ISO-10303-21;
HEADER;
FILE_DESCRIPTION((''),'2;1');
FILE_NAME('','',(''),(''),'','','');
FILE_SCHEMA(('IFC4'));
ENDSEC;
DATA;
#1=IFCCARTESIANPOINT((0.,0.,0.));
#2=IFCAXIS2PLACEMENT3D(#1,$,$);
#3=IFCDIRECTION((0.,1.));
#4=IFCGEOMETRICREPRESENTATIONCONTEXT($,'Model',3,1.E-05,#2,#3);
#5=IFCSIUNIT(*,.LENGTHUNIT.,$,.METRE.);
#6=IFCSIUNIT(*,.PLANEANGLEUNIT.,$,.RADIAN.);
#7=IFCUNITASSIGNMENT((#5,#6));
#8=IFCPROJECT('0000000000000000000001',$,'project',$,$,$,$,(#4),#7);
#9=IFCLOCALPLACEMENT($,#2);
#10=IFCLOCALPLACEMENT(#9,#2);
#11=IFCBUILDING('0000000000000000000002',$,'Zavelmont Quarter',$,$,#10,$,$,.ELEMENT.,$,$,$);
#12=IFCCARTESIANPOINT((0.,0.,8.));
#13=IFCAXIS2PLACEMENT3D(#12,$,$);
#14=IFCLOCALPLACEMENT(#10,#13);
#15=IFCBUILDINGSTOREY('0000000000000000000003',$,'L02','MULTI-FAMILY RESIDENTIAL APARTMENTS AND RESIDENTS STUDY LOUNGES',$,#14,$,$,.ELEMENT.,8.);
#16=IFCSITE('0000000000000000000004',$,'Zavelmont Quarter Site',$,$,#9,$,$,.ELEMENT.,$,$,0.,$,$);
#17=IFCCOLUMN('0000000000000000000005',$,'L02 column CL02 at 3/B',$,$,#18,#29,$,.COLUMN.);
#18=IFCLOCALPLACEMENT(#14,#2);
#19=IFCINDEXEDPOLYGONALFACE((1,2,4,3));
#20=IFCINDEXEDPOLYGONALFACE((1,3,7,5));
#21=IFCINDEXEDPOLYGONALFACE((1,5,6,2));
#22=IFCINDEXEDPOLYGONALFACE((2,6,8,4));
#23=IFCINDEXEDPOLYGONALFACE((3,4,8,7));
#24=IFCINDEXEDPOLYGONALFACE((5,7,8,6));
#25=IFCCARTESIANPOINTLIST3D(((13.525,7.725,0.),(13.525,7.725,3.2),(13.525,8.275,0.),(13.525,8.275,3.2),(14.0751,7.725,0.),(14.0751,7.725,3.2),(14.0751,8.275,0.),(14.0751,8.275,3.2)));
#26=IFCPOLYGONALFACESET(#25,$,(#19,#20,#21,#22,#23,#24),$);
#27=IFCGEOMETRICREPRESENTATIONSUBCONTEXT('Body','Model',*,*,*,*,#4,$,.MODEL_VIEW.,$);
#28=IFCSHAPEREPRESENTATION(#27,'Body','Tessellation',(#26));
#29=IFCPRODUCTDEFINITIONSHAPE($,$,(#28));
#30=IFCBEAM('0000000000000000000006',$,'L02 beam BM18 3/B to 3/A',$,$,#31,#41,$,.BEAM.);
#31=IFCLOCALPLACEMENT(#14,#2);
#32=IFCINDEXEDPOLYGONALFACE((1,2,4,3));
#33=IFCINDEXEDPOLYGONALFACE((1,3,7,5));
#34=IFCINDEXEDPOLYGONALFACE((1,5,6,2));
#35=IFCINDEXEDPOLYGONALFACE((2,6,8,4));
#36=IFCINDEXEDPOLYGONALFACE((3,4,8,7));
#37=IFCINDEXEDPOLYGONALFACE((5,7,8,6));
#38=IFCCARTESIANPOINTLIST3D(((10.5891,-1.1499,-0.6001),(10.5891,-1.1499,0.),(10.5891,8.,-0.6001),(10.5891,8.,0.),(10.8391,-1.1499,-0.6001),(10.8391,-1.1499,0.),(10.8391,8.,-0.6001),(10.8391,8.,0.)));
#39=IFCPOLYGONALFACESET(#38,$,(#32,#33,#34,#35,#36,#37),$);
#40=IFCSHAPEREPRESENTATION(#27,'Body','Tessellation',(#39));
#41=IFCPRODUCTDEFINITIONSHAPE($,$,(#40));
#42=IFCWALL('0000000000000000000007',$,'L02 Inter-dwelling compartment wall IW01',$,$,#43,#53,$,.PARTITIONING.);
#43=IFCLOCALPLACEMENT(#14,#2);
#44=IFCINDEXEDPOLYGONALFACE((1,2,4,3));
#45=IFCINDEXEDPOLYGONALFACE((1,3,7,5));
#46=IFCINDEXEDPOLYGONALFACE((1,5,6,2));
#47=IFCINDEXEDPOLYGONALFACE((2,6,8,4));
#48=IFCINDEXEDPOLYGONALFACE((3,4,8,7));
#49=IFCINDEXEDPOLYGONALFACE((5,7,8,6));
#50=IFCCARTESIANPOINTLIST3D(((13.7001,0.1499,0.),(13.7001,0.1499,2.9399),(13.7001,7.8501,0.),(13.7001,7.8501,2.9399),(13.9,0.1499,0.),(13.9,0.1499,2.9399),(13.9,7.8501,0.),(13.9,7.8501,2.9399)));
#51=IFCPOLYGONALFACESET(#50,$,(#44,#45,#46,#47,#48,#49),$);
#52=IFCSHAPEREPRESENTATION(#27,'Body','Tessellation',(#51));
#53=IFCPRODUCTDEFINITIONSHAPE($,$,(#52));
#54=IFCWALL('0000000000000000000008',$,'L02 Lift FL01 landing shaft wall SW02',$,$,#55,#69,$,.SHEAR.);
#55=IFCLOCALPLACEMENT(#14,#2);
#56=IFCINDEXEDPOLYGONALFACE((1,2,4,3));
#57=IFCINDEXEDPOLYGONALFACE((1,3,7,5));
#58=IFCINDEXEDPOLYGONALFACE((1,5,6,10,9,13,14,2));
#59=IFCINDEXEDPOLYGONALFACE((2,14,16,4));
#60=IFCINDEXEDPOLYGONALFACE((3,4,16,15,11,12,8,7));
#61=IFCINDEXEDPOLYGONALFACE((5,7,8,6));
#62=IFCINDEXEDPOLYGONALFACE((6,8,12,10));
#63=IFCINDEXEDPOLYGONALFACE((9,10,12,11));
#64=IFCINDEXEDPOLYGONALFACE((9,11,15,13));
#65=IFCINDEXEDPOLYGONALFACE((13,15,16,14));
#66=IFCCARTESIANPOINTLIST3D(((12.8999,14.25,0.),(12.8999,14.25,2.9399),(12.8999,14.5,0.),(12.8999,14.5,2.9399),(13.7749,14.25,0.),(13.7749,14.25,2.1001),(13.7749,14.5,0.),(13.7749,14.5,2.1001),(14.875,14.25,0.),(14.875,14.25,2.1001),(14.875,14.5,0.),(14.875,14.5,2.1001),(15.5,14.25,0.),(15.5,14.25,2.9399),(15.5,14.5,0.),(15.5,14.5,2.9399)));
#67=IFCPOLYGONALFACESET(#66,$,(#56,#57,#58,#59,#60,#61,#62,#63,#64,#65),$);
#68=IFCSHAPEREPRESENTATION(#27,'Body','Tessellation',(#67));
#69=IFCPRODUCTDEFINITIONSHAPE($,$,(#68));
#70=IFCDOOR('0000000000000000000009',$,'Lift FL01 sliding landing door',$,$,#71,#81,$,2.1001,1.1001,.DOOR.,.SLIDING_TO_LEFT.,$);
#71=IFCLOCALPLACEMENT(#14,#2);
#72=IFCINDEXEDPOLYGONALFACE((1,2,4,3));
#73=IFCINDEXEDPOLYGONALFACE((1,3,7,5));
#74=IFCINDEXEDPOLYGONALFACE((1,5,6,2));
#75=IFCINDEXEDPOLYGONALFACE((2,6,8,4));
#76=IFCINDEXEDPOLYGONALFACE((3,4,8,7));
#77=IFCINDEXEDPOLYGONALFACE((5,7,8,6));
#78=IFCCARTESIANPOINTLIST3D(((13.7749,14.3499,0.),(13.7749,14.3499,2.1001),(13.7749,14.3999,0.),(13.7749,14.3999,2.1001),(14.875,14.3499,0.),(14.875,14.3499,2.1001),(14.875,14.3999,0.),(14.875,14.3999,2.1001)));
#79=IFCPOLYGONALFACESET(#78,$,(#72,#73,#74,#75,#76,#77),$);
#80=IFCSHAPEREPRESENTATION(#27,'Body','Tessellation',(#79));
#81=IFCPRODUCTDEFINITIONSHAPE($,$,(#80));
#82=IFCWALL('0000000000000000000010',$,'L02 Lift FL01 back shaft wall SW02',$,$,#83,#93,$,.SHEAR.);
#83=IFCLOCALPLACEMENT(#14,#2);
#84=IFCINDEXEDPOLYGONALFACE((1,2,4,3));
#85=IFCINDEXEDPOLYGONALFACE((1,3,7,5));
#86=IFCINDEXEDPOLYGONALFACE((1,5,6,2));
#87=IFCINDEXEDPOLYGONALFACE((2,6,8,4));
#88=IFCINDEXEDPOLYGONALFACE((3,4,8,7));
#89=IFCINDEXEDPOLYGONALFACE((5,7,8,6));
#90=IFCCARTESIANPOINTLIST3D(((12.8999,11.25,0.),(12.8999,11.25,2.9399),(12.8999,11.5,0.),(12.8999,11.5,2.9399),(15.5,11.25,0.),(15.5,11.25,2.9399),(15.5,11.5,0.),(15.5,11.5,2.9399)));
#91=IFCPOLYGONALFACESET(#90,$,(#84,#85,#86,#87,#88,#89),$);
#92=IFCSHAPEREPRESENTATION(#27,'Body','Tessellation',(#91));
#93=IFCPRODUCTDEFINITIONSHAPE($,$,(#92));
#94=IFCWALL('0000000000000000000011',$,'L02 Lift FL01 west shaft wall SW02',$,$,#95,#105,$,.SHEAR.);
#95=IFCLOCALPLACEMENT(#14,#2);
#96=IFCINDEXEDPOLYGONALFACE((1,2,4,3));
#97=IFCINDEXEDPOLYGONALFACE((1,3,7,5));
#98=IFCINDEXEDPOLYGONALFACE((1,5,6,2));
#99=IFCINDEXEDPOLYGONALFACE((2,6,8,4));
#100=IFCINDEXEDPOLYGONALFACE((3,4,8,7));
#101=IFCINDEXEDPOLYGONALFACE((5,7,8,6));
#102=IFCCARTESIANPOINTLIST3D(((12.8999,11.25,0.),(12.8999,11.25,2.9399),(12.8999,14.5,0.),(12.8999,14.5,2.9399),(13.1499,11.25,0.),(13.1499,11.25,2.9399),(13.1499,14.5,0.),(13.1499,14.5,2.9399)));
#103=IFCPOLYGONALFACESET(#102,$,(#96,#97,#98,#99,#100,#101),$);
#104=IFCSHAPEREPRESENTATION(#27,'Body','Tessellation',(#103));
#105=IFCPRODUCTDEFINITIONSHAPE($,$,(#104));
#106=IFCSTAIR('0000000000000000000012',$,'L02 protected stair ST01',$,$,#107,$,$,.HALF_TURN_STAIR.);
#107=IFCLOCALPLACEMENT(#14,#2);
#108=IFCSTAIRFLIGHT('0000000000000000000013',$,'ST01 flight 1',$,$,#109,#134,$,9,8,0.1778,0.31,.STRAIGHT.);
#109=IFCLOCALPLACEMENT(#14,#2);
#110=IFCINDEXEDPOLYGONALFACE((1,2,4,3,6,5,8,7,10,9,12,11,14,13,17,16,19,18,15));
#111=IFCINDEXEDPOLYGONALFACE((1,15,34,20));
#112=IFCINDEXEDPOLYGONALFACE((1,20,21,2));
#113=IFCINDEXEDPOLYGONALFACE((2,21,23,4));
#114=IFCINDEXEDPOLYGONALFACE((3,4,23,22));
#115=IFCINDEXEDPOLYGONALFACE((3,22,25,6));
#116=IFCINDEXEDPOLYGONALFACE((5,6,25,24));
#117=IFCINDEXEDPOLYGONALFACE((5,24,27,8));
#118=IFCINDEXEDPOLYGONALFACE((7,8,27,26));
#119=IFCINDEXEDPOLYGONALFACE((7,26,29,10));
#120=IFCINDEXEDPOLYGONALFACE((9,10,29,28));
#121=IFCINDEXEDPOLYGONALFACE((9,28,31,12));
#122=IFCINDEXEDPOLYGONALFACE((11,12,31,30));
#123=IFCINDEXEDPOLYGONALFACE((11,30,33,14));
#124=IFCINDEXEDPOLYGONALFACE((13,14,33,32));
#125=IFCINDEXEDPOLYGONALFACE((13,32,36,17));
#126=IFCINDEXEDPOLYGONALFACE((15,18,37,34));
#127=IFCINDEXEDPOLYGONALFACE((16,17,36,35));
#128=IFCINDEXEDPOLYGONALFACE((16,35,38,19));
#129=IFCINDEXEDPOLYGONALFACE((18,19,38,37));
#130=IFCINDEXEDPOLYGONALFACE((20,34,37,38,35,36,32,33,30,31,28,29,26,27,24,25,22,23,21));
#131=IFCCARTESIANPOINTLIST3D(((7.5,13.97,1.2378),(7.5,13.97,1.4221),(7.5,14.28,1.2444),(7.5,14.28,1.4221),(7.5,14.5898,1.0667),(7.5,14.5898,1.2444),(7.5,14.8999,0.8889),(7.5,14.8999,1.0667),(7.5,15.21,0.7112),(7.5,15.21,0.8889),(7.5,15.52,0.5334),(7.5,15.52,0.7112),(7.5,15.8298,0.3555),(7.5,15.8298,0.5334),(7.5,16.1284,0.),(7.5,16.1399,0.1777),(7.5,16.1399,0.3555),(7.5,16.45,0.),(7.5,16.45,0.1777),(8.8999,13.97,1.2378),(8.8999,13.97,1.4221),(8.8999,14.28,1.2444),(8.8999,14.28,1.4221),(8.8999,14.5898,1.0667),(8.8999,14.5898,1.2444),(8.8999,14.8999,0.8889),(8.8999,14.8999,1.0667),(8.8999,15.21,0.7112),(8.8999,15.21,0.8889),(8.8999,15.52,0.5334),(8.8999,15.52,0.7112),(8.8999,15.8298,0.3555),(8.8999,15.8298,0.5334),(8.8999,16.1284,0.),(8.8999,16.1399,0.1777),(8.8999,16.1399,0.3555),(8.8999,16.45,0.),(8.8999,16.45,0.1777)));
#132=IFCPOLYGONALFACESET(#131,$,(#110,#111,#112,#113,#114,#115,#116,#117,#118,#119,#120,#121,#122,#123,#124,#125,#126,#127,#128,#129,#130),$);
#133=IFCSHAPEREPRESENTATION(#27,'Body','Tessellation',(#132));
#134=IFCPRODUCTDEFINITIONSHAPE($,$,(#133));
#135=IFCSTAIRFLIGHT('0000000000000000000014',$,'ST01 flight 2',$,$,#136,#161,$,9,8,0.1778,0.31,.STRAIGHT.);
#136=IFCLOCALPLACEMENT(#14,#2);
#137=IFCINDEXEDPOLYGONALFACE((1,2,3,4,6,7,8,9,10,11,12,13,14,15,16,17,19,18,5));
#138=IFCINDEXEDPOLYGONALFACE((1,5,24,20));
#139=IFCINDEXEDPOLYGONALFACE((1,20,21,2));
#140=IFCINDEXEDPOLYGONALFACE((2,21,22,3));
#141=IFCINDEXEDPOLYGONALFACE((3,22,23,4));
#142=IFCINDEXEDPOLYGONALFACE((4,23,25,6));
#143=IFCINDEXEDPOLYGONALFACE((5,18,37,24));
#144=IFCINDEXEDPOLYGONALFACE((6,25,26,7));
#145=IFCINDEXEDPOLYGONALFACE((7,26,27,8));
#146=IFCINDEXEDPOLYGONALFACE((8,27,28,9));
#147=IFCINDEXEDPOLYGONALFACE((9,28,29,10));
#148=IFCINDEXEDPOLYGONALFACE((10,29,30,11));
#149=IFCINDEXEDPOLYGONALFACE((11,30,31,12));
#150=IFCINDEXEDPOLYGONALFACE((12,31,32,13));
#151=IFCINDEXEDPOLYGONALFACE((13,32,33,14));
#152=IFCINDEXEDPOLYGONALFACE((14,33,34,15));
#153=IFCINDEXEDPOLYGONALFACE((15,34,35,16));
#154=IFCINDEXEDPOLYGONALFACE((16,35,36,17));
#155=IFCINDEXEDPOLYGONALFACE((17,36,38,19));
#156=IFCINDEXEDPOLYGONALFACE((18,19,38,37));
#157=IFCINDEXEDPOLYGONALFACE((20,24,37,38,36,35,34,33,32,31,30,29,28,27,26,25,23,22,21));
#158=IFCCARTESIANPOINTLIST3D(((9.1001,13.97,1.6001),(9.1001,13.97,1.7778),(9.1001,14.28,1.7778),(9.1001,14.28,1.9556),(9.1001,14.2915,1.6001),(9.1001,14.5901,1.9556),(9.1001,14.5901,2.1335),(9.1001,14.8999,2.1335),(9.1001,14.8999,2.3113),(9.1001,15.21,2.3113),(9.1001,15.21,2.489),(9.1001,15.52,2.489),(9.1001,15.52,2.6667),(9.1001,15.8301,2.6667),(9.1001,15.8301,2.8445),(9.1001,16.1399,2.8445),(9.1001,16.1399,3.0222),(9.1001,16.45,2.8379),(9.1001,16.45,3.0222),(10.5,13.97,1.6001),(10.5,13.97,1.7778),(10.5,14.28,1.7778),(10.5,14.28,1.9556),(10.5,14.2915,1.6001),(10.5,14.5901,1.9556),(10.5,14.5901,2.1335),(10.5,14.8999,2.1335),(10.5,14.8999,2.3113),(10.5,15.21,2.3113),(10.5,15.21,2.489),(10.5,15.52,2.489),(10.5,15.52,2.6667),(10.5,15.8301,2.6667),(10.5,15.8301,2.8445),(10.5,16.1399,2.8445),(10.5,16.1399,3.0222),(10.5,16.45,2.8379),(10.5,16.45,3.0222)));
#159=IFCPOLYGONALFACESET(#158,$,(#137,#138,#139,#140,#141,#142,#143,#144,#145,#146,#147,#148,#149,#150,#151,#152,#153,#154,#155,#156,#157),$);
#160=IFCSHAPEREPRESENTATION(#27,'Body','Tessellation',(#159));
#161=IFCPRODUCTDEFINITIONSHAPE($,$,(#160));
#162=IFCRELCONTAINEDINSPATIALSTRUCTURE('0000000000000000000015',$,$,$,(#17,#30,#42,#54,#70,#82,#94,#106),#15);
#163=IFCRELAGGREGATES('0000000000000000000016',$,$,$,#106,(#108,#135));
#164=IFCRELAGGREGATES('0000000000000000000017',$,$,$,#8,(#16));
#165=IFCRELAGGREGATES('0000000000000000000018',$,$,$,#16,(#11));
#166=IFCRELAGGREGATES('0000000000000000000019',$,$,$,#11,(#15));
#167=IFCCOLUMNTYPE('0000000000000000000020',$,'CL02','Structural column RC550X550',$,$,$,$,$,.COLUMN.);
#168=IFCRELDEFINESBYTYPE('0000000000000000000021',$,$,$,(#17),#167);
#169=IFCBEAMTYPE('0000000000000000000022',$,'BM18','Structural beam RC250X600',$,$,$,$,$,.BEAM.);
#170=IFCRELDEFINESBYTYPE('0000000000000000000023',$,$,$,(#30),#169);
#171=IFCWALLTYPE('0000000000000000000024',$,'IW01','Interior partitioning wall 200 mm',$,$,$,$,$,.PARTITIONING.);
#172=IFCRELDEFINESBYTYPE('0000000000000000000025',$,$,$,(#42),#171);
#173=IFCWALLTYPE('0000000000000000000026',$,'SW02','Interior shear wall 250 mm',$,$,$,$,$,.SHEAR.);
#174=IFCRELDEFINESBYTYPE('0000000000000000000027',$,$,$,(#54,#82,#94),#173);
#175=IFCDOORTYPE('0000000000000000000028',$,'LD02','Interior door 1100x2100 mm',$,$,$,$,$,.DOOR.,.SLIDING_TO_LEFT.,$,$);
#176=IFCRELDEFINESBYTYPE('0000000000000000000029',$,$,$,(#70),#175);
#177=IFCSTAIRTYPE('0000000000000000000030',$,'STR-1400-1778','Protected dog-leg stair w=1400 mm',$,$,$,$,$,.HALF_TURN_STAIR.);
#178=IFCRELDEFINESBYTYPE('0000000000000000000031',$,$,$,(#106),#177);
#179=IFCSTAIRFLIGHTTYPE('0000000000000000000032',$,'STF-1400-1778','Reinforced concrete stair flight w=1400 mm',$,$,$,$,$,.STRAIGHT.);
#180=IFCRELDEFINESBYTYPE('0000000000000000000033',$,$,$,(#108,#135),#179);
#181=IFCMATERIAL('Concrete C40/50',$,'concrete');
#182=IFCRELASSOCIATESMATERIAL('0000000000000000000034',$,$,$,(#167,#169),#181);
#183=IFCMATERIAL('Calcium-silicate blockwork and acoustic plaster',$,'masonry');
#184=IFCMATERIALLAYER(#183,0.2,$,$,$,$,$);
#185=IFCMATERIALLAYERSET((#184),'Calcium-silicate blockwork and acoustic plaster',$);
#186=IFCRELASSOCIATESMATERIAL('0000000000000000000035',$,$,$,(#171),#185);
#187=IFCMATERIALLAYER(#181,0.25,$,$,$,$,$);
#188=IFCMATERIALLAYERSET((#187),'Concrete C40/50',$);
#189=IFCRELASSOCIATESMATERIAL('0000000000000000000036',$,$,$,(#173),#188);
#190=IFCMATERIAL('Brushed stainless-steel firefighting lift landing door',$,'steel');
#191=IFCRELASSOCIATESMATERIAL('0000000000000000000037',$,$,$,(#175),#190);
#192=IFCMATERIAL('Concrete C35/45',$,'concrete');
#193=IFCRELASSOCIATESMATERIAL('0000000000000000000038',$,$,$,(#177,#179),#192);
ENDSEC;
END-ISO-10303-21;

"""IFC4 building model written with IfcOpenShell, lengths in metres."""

from ifc_helpers import new_model, si_unit, direction, frame, frame_2d, origin, origin_with_axes, origin_2d, place, context, subcontext, project, spatial, polyline, rectangle, outline, extrude, material, layer, layer_set, material_profile, profile_set, type_object, element, fill, aggregate, save


model = new_model("IFC4")

# Units and contexts
model_context = context("Model", 3, precision=1e-05, world=origin(), true_north=direction((0.0, 1.0)))
body_context = subcontext(model_context, "Body", "Model", "MODEL_VIEW")
ifc_project = project(units=[si_unit("LENGTHUNIT", "METRE"), si_unit("PLANEANGLEUNIT", "RADIAN")], contexts=[model_context])

# Site, building, storey
site_placement = place(None, origin())
site = spatial("IfcSite", under=ifc_project, at=site_placement, Name="Zavelmont Quarter Site", CompositionType="ELEMENT", RefElevation=0.0)
building_placement = place(site_placement, origin())
building = spatial("IfcBuilding", under=site, at=building_placement, Name="Zavelmont Quarter", CompositionType="ELEMENT")
storey_placement = place(building_placement, frame((0.0, 0.0, 8.0)))
storey = spatial("IfcBuildingStorey", under=building, at=storey_placement, Name="L02", Description="MULTI-FAMILY RESIDENTIAL APARTMENTS AND RESIDENTS STUDY LOUNGES", CompositionType="ELEMENT", Elevation=8.0)

# Column
ifc_material_1 = material(Name="Concrete C40/50", Category="concrete")
ifc_material_profile_1 = material_profile(ifc_material_1, rectangle(XDim=0.55, YDim=0.55, at=origin_2d()), Name="RC550X550")
ifc_profile_set_1 = profile_set([ifc_material_profile_1], Name="Concrete C40/50")
column_type = type_object("IfcColumnType", Name="CL02", Description="Structural column RC550X550", PredefinedType="COLUMN", material=ifc_profile_set_1)
column_placement = place(storey_placement, frame((13.8, 8.0, 0.0), z_axis=(0.0, 0.0, 1.0), x_axis=(1.0, 0.0, 0.0)))
element("IfcColumn", 1, at=column_placement, inside=storey, type_object=column_type, Name="L02 column CL02 at 3/B", PredefinedType="COLUMN", context=body_context, shape_type="SweptSolid", body=[
    extrude(rectangle(XDim=0.55, YDim=0.55, at=origin_2d()), origin(), (0.0, 0.0, 1.0), 3.2),
])

# Beam
ifc_material_profile_2 = material_profile(ifc_material_1, rectangle(XDim=0.25, YDim=0.6001, at=origin_2d()), Name="RC250X600")
ifc_profile_set_2 = profile_set([ifc_material_profile_2], Name="Concrete C40/50")
beam_type = type_object("IfcBeamType", Name="BM18", Description="Structural beam RC250X600", PredefinedType="BEAM", material=ifc_profile_set_2)
beam_placement = place(storey_placement, frame((10.7141, 8.0, -0.3), z_axis=(0.0, -1.0, 0.0), x_axis=(1.0, 0.0, 0.0)))
element("IfcBeam", 2, at=beam_placement, inside=storey, type_object=beam_type, Name="L02 beam BM18 3/B to 3/A", PredefinedType="BEAM", context=body_context, shape_type="SweptSolid", body=[
    extrude(rectangle(XDim=0.25, YDim=0.6001, at=origin_2d()), origin(), (0.0, 0.0, 1.0), 9.1499),
])

# Wall
ifc_material_2 = material(Name="Calcium-silicate blockwork and acoustic plaster", Category="masonry")
ifc_layer_1 = layer(ifc_material_2, 0.2)
ifc_layer_set_1 = layer_set([ifc_layer_1], Name="Calcium-silicate blockwork and acoustic plaster")
wall_type_1 = type_object("IfcWallType", Name="IW01", Description="Interior partitioning wall 200 mm", PredefinedType="PARTITIONING", material=ifc_layer_set_1)
wall_1_placement = place(storey_placement, frame((13.8, 7.8501, 0.0), z_axis=(0.0, 0.0, 1.0), x_axis=(0.0, -1.0, 0.0)))
element("IfcWall", 3, at=wall_1_placement, inside=storey, type_object=wall_type_1, Name="L02 Inter-dwelling compartment wall IW01", PredefinedType="PARTITIONING", context=body_context, shape_type="SweptSolid", body=[
    extrude(rectangle(XDim=7.7002, YDim=0.2, at=frame_2d((3.8501, 0.0))), origin(), (0.0, 0.0, 1.0), 2.9399),
])

# Wall, opening, door
ifc_layer_2 = layer(ifc_material_1, 0.25)
ifc_layer_set_2 = layer_set([ifc_layer_2], Name="Concrete C40/50")
wall_type_2 = type_object("IfcWallType", Name="SW02", Description="Interior shear wall 250 mm", PredefinedType="SHEAR", material=ifc_layer_set_2)
wall_2_placement = place(storey_placement, frame((12.8999, 14.375, 0.0), z_axis=(0.0, 0.0, 1.0), x_axis=(1.0, 0.0, 0.0)))
wall_2 = element("IfcWall", 4, at=wall_2_placement, inside=storey, type_object=wall_type_2, Name="L02 Lift FL01 landing shaft wall SW02", PredefinedType="SHEAR", context=body_context, shape_type="SweptSolid", body=[
    extrude(rectangle(XDim=2.6001, YDim=0.25, at=frame_2d((1.3, 0.0))), origin(), (0.0, 0.0, 1.0), 2.9399),
])
opening_1_placement = place(wall_2_placement, frame((0.875, 0.0, 0.0)))
opening_1 = element("IfcOpeningElement", 5, at=opening_1_placement, cuts=wall_2, PredefinedType="OPENING", context=body_context, shape_type="SweptSolid", body=[
    extrude(rectangle(XDim=1.1001, YDim=2.1001, at=frame_2d((0.55, 1.05))), frame((0.0, 0.137, 0.0), z_axis=(0.0, -1.0, 0.0), x_axis=(1.0, 0.0, 0.0)), (0.0, 0.0, 1.0), 0.2739),
])
ifc_material_3 = material(Name="Brushed stainless-steel firefighting lift landing door", Category="steel")
door_type_1 = type_object("IfcDoorType", Name="LD02", Description="Interior door 1100x2100 mm", OperationType="SLIDING_TO_LEFT", PredefinedType="DOOR", material=ifc_material_3)
door_1_placement = place(opening_1_placement, origin_with_axes())
door_1 = element("IfcDoor", 6, at=door_1_placement, inside=storey, type_object=door_type_1, Name="Lift FL01 sliding landing door", OperationType="SLIDING_TO_LEFT", OverallHeight=2.1001, OverallWidth=1.1001, PredefinedType="DOOR", context=body_context, shape_type="SweptSolid", body=[
    extrude(rectangle(XDim=1.1001, YDim=2.1001, at=frame_2d((0.55, 1.05))), frame((0.0, 0.0249, 0.0), z_axis=(0.0, -1.0, 0.0), x_axis=(1.0, 0.0, 0.0)), (0.0, 0.0, 1.0), 0.05),
])
fill(opening_1, door_1)

# Walls
wall_3_placement = place(storey_placement, frame((12.8999, 11.375, 0.0), z_axis=(0.0, 0.0, 1.0), x_axis=(1.0, 0.0, 0.0)))
element("IfcWall", 7, at=wall_3_placement, inside=storey, type_object=wall_type_2, Name="L02 Lift FL01 back shaft wall SW02", PredefinedType="SHEAR", context=body_context, shape_type="SweptSolid", body=[
    extrude(rectangle(XDim=2.6001, YDim=0.25, at=frame_2d((1.3, 0.0))), origin(), (0.0, 0.0, 1.0), 2.9399),
])
wall_4_placement = place(storey_placement, frame((13.0249, 11.25, 0.0), z_axis=(0.0, 0.0, 1.0), x_axis=(0.0, 1.0, 0.0)))
element("IfcWall", 8, at=wall_4_placement, inside=storey, type_object=wall_type_2, Name="L02 Lift FL01 west shaft wall SW02", PredefinedType="SHEAR", context=body_context, shape_type="SweptSolid", body=[
    extrude(rectangle(XDim=3.25, YDim=0.25, at=frame_2d((1.625, 0.0))), origin(), (0.0, 0.0, 1.0), 2.9399),
])

# Stair, stair flights
ifc_material_4 = material(Name="Concrete C35/45", Category="concrete")
stair_type = type_object("IfcStairType", Name="STR-1400-1778", Description="Protected dog-leg stair w=1400 mm", PredefinedType="HALF_TURN_STAIR", material=ifc_material_4)
stair_placement = place(storey_placement, origin())
stair = element("IfcStair", 9, at=stair_placement, inside=storey, type_object=stair_type, Name="L02 protected stair ST01", PredefinedType="HALF_TURN_STAIR")
stair_flight_type = type_object("IfcStairFlightType", Name="STF-1400-1778", Description="Reinforced concrete stair flight w=1400 mm", PredefinedType="STRAIGHT", material=ifc_material_4)
stair_flight_1_placement = place(storey_placement, frame((8.2, 16.45, 0.0), z_axis=(0.0, 0.0, 1.0), x_axis=(0.0, -1.0, 0.0)))
stair_flight_1 = element("IfcStairFlight", 10, at=stair_flight_1_placement, type_object=stair_flight_type, Name="ST01 flight 1", NumberOfRisers=9, NumberOfTreads=8, PredefinedType="STRAIGHT", RiserHeight=0.1778, TreadLength=0.31, context=body_context, shape_type="SweptSolid", body=[
    extrude(outline(polyline([(0.0, 0.0), (0.0, 0.1777), (0.3101, 0.1777), (0.3101, 0.3555), (0.6201, 0.3555), (0.6201, 0.5334), (0.9299, 0.5334), (0.9299, 0.7112), (1.24, 0.7112), (1.24, 0.8889), (1.55, 0.8889), (1.55, 1.0667), (1.8601, 1.0667), (1.8601, 1.2444), (2.1699, 1.2444), (2.1699, 1.4221), (2.48, 1.4221), (2.48, 1.6001), (2.48, 1.2378), (0.3215, 0.0), (0.0, 0.0)])), frame((0.0, 0.7, 0.0), z_axis=(0.0, -1.0, 0.0), x_axis=(1.0, 0.0, 0.0)), (0.0, 0.0, 1.0), 1.3999),
])
stair_flight_2_placement = place(storey_placement, frame((9.8, 13.97, 1.6001), z_axis=(0.0, 0.0, 1.0), x_axis=(0.0, 1.0, 0.0)))
stair_flight_2 = element("IfcStairFlight", 11, at=stair_flight_2_placement, type_object=stair_flight_type, Name="ST01 flight 2", NumberOfRisers=9, NumberOfTreads=8, PredefinedType="STRAIGHT", RiserHeight=0.1778, TreadLength=0.31, context=body_context, shape_type="SweptSolid", body=[
    extrude(outline(polyline([(0.0, 0.0), (0.0, 0.1777), (0.3101, 0.1777), (0.3101, 0.3555), (0.6201, 0.3555), (0.6201, 0.5334), (0.9299, 0.5334), (0.9299, 0.7112), (1.24, 0.7112), (1.24, 0.8889), (1.55, 0.8889), (1.55, 1.0667), (1.8601, 1.0667), (1.8601, 1.2444), (2.1699, 1.2444), (2.1699, 1.4221), (2.48, 1.4221), (2.48, 1.6001), (2.48, 1.2378), (0.3215, 0.0), (0.0, 0.0)])), frame((0.0, 0.7, 0.0), z_axis=(0.0, -1.0, 0.0), x_axis=(1.0, 0.0, 0.0)), (0.0, 0.0, 1.0), 1.3999),
])
aggregate(stair, [stair_flight_1, stair_flight_2])

save(model, "model.ifc")
